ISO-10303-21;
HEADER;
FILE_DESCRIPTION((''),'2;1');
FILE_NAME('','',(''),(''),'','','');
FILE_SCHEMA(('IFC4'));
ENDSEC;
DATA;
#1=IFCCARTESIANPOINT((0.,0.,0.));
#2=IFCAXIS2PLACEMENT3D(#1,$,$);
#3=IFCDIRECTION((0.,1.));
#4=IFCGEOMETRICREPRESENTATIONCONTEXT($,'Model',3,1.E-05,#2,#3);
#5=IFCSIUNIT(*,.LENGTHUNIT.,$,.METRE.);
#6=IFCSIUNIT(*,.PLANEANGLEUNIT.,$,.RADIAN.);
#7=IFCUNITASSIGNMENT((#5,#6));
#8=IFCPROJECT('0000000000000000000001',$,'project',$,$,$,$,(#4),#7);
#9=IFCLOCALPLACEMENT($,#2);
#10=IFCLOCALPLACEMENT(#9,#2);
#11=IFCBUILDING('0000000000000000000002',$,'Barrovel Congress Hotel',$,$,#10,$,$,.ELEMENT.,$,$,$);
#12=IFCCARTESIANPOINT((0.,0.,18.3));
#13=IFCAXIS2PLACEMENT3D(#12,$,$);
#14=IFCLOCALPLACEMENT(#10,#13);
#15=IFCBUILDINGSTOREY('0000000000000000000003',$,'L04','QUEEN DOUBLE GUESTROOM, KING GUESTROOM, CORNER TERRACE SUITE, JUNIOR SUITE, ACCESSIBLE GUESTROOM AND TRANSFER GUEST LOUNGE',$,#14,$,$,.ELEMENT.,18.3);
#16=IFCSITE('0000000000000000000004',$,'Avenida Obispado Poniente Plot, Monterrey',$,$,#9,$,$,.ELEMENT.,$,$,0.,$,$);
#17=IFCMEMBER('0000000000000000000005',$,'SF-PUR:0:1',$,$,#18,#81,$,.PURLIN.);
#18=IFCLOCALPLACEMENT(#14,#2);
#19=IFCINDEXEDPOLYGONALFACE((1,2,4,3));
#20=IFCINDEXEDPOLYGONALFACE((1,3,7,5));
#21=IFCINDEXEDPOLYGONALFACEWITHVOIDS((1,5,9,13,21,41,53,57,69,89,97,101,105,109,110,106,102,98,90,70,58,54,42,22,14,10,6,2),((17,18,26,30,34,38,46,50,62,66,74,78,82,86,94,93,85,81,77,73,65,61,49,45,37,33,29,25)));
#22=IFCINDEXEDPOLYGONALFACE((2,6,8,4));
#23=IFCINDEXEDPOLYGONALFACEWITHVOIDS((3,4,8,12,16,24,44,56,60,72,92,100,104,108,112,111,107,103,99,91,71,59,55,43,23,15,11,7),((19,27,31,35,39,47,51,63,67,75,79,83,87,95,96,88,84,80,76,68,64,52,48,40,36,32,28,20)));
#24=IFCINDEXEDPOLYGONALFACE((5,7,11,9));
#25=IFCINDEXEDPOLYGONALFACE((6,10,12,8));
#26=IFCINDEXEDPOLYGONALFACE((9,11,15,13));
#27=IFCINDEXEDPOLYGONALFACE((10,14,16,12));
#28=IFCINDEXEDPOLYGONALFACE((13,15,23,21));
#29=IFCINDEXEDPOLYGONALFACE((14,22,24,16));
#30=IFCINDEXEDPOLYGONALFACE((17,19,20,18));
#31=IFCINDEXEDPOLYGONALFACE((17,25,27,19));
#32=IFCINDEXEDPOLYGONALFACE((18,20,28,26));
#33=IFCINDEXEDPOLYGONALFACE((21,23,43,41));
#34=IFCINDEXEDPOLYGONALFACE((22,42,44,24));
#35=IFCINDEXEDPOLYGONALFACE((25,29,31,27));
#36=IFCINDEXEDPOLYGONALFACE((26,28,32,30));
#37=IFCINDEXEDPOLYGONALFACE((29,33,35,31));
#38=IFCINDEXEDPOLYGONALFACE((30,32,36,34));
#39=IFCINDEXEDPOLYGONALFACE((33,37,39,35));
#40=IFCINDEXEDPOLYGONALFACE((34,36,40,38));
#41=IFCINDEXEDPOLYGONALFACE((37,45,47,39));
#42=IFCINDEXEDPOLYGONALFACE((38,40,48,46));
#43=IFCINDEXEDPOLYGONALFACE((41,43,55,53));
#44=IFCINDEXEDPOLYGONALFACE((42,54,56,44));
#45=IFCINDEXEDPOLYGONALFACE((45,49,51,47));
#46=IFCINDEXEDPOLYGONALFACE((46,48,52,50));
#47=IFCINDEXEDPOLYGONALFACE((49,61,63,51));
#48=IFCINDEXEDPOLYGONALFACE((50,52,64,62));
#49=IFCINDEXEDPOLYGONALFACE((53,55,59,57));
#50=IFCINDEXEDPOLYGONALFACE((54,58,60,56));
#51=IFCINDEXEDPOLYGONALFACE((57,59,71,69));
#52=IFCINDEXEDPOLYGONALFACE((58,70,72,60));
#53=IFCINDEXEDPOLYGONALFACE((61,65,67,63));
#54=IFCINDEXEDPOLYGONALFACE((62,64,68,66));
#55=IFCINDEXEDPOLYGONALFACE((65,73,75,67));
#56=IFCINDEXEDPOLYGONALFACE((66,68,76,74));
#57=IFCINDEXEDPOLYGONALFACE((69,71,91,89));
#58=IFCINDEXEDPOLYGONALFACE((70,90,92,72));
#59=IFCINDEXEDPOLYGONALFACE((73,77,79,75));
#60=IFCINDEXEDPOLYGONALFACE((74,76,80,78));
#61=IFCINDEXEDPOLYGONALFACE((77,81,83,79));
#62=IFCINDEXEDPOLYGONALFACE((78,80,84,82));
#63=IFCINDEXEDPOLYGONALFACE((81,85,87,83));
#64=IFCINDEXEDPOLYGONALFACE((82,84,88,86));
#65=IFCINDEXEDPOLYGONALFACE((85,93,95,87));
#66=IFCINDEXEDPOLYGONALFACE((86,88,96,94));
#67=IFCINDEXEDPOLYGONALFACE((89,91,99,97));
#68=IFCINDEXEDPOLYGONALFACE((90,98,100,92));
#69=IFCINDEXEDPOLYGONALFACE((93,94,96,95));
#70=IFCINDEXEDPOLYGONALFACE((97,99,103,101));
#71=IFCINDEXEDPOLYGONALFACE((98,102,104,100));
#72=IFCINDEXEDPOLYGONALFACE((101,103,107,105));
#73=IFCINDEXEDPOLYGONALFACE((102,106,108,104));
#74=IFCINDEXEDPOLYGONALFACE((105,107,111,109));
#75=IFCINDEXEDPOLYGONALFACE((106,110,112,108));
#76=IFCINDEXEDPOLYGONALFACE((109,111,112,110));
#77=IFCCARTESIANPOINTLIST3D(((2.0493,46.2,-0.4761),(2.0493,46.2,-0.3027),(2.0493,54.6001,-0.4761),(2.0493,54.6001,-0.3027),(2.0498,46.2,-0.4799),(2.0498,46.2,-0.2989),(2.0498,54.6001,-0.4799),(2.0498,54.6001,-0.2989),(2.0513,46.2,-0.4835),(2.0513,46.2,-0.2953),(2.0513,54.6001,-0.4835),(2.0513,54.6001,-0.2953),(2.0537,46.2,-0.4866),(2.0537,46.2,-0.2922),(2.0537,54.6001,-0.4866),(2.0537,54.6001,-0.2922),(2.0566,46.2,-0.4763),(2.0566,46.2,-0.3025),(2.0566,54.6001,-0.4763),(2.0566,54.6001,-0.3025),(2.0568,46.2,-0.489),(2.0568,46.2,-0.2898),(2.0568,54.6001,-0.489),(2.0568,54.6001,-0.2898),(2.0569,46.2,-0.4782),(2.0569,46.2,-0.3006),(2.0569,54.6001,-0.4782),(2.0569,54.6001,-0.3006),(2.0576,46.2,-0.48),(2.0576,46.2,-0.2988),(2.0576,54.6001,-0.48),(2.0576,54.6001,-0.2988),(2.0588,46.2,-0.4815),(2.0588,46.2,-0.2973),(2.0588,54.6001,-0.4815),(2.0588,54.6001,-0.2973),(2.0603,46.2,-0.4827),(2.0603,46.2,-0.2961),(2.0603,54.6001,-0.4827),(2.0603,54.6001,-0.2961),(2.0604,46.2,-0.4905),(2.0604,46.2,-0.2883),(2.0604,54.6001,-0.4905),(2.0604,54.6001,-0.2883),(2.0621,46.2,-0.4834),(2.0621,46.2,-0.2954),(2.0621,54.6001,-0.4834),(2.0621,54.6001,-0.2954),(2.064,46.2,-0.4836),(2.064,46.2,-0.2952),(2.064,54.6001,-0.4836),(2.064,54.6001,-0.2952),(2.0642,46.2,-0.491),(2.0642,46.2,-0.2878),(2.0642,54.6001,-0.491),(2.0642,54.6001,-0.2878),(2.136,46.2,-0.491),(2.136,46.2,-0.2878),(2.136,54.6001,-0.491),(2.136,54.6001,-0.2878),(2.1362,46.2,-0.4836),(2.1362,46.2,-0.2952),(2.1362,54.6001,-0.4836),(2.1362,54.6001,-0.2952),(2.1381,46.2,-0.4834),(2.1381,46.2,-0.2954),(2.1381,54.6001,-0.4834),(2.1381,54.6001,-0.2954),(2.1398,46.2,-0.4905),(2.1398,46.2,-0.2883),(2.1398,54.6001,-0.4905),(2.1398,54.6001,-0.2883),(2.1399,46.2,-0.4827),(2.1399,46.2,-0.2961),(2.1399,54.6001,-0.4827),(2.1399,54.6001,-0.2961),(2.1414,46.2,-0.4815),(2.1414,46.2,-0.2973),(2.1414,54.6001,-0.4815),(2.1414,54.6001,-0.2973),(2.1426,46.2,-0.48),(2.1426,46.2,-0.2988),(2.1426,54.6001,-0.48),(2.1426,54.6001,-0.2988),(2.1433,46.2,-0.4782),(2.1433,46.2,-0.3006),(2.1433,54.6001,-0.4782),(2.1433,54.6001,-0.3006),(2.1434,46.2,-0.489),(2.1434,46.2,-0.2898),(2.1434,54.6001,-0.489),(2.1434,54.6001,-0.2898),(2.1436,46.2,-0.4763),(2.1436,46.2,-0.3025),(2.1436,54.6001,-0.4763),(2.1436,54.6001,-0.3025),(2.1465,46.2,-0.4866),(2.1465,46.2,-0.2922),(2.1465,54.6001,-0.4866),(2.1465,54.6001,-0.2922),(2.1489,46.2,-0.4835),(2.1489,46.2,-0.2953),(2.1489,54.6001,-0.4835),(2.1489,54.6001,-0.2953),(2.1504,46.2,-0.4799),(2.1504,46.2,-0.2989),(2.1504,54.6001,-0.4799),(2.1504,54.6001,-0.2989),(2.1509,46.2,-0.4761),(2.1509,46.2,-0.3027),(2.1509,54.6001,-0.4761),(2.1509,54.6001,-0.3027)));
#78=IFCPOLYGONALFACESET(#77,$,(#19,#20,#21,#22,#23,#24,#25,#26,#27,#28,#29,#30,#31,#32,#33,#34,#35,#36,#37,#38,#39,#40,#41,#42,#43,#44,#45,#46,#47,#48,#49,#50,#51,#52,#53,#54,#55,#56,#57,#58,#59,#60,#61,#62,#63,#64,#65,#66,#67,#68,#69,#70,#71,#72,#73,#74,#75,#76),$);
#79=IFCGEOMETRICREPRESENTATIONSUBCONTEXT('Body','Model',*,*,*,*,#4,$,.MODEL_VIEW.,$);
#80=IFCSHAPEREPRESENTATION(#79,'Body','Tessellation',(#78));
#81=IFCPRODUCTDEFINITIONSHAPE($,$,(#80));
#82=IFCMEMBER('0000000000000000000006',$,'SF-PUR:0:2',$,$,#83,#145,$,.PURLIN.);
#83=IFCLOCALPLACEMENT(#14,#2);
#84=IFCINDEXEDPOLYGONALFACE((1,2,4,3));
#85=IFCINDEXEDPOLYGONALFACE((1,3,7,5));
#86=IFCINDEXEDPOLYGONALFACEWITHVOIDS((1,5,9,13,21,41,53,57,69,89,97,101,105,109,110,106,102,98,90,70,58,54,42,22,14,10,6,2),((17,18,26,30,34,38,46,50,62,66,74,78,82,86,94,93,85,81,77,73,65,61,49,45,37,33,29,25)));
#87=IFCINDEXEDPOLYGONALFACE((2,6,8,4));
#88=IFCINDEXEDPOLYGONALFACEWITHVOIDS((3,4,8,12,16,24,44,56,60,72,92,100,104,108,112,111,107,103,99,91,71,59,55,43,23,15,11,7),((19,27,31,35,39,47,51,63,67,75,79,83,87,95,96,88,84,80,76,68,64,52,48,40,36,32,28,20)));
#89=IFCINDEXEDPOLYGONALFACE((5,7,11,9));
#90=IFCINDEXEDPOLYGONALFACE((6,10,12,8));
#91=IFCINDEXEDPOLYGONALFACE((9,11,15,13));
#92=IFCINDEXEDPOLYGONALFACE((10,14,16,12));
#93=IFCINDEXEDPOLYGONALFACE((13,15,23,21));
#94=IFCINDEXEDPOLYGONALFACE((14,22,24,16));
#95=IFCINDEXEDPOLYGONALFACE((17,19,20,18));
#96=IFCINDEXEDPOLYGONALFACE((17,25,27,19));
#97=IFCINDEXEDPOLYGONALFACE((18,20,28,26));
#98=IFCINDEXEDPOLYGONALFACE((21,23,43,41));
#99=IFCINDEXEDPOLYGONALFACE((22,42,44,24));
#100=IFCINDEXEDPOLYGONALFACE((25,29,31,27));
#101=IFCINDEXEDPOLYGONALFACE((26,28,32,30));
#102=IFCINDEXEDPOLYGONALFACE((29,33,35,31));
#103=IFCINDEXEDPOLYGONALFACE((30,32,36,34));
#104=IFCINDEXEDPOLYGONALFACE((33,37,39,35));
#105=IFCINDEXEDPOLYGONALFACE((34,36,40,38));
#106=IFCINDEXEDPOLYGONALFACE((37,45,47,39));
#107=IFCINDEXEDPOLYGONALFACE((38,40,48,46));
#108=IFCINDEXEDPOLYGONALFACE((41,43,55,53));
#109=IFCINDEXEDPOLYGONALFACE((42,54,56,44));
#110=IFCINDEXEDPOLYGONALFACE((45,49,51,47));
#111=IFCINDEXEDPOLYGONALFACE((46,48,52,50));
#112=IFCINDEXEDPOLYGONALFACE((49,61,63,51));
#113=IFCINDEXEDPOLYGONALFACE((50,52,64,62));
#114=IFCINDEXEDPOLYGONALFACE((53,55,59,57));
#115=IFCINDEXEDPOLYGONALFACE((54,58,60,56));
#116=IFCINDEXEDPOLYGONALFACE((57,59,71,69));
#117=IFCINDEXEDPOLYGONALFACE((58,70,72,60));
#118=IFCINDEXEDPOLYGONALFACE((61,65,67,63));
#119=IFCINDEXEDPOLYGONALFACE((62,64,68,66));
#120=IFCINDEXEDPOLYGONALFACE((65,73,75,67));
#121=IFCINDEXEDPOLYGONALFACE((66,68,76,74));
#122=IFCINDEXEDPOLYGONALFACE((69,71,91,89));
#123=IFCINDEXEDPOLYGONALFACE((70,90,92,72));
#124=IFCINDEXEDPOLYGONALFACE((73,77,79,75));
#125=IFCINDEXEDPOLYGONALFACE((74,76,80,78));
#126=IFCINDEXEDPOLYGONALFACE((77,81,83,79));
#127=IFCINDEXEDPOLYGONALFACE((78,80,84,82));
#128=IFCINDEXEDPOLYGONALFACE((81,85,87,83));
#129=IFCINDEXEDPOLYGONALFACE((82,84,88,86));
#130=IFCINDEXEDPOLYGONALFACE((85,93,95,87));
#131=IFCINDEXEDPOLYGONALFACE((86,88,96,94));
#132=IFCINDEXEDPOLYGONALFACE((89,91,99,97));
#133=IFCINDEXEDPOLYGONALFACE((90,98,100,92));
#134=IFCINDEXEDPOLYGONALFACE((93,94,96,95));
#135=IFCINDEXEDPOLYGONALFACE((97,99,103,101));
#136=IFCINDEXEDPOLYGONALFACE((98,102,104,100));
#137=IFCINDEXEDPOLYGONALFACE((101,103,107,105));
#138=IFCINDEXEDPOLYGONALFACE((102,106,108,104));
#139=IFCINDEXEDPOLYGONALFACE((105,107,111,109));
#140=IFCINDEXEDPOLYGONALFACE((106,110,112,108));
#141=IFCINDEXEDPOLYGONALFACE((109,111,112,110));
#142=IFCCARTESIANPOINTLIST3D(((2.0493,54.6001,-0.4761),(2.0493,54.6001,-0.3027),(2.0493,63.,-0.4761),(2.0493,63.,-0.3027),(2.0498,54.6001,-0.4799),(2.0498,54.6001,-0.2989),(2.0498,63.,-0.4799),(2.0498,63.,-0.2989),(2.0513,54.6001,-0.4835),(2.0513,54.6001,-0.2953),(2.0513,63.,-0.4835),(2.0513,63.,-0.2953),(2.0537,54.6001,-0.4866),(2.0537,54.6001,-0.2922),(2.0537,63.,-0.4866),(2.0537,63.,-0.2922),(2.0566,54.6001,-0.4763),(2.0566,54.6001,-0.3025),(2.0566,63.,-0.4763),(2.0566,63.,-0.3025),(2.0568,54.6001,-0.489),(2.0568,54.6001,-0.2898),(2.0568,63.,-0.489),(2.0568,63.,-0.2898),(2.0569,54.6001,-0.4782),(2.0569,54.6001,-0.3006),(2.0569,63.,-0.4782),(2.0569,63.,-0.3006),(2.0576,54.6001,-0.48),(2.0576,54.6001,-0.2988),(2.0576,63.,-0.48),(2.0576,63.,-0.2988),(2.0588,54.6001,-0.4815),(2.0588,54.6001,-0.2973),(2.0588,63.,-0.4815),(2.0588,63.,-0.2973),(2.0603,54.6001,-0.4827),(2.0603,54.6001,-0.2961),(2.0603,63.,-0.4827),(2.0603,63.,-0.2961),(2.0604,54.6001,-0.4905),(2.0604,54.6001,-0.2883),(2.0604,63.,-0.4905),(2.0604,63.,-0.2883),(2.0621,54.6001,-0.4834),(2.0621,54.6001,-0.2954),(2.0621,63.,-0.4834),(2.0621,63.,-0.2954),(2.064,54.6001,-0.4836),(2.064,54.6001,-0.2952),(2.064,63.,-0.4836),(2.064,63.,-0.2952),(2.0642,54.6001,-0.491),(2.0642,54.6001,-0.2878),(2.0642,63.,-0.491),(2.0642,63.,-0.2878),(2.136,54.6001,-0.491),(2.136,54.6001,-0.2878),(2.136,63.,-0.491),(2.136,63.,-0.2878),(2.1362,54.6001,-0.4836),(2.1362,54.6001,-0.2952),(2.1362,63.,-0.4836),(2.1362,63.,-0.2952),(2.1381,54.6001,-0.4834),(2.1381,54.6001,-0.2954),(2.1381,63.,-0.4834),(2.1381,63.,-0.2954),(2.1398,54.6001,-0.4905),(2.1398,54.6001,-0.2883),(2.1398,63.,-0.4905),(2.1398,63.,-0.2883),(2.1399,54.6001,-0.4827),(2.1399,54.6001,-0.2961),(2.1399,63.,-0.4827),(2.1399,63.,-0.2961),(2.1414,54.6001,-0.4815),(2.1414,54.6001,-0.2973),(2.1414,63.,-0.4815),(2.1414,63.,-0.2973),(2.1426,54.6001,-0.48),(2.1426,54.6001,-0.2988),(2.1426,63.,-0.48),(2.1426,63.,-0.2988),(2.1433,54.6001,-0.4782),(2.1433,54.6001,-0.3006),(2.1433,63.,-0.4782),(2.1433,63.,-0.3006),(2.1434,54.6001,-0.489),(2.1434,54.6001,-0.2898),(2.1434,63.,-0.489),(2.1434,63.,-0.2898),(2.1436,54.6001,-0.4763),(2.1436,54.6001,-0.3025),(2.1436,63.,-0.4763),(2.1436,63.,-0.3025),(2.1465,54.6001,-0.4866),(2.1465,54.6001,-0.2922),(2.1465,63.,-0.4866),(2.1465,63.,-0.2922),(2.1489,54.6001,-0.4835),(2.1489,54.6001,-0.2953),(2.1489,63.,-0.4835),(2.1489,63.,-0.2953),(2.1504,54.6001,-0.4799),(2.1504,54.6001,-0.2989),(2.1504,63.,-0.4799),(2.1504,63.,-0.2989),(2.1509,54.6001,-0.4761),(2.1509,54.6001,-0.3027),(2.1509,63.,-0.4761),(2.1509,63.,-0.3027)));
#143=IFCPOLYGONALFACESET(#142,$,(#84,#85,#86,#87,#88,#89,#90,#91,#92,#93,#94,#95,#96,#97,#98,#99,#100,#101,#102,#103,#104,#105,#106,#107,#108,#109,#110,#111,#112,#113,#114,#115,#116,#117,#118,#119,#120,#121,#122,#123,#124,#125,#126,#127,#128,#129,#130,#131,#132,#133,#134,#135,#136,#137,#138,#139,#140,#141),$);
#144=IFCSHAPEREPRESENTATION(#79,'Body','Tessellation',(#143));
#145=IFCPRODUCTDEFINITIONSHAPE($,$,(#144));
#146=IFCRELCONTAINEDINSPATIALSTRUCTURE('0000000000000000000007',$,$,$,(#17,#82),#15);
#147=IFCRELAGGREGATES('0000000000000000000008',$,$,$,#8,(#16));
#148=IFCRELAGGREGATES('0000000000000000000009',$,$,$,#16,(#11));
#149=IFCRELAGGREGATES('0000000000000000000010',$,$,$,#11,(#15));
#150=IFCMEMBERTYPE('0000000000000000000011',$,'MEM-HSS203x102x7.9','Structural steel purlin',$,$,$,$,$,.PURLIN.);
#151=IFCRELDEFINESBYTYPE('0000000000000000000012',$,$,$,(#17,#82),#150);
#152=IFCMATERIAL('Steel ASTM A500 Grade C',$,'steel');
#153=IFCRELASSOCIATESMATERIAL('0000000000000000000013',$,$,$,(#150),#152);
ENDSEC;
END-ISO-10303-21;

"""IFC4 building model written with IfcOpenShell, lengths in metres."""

from ifc_helpers import new_model, si_unit, direction, frame, origin, origin_2d, place, context, subcontext, project, spatial, hollow_rectangle, extrude, material, material_profile, profile_set, type_object, element, save


model = new_model("IFC4")

# Units and contexts
model_context = context("Model", 3, precision=1e-05, world=origin(), true_north=direction((0.0, 1.0)))
body_context = subcontext(model_context, "Body", "Model", "MODEL_VIEW")
ifc_project = project(units=[si_unit("LENGTHUNIT", "METRE"), si_unit("PLANEANGLEUNIT", "RADIAN")], contexts=[model_context])

# Site, building, storey
site_placement = place(None, origin())
site = spatial("IfcSite", under=ifc_project, at=site_placement, Name="Avenida Obispado Poniente Plot, Monterrey", CompositionType="ELEMENT", RefElevation=0.0)
building_placement = place(site_placement, origin())
building = spatial("IfcBuilding", under=site, at=building_placement, Name="Barrovel Congress Hotel", CompositionType="ELEMENT")
storey_placement = place(building_placement, frame((0.0, 0.0, 18.3)))
storey = spatial("IfcBuildingStorey", under=building, at=storey_placement, Name="L04", Description="QUEEN DOUBLE GUESTROOM, KING GUESTROOM, CORNER TERRACE SUITE, JUNIOR SUITE, ACCESSIBLE GUESTROOM AND TRANSFER GUEST LOUNGE", CompositionType="ELEMENT", Elevation=18.3)

# Members
ifc_material_1 = material(Name="Steel ASTM A500 Grade C", Category="steel")
ifc_material_profile_1 = material_profile(ifc_material_1, hollow_rectangle(XDim=0.1016, YDim=0.2031, WallThickness=0.0073, InnerFilletRadius=0.0073, OuterFilletRadius=0.0149, at=origin_2d()), Name="HSS203x102x7.9")
ifc_profile_set_1 = profile_set([ifc_material_profile_1], Name="Steel ASTM A500 Grade C")
member_type_1 = type_object("IfcMemberType", Name="MEM-HSS203x102x7.9", Description="Structural steel purlin", PredefinedType="PURLIN", material=ifc_profile_set_1)
member_1_placement = place(storey_placement, frame((2.1001, 46.2, -0.3894), z_axis=(0.0, 1.0, 0.0), x_axis=(-1.0, 0.0, 0.0)))
element("IfcMember", 1, at=member_1_placement, inside=storey, type_object=member_type_1, Name="SF-PUR:0:1", PredefinedType="PURLIN", context=body_context, shape_type="SweptSolid", body=[
    extrude(hollow_rectangle(XDim=0.1016, YDim=0.2031, WallThickness=0.0073, InnerFilletRadius=0.0073, OuterFilletRadius=0.0149, at=origin_2d()), origin(), (0.0, 0.0, 1.0), 8.4001),
])
for number, where, z_axis, x_axis, name in (
    (2, (2.1001, 54.6001, -0.3894), (0.0, 1.0, 0.0), (-1.0, 0.0, 0.0), "SF-PUR:0:2"),
):
    element("IfcMember", number, at=place(storey_placement, frame(where, z_axis=z_axis, x_axis=x_axis)), inside=storey, type_object=member_type_1, Name=name, PredefinedType="PURLIN", context=body_context, shape_type="SweptSolid", body=[
        extrude(hollow_rectangle(XDim=0.1016, YDim=0.2031, WallThickness=0.0073, InnerFilletRadius=0.0073, OuterFilletRadius=0.0149, at=origin_2d()), origin(), (0.0, 0.0, 1.0), 8.3999),
    ])

save(model, "model.ifc")
